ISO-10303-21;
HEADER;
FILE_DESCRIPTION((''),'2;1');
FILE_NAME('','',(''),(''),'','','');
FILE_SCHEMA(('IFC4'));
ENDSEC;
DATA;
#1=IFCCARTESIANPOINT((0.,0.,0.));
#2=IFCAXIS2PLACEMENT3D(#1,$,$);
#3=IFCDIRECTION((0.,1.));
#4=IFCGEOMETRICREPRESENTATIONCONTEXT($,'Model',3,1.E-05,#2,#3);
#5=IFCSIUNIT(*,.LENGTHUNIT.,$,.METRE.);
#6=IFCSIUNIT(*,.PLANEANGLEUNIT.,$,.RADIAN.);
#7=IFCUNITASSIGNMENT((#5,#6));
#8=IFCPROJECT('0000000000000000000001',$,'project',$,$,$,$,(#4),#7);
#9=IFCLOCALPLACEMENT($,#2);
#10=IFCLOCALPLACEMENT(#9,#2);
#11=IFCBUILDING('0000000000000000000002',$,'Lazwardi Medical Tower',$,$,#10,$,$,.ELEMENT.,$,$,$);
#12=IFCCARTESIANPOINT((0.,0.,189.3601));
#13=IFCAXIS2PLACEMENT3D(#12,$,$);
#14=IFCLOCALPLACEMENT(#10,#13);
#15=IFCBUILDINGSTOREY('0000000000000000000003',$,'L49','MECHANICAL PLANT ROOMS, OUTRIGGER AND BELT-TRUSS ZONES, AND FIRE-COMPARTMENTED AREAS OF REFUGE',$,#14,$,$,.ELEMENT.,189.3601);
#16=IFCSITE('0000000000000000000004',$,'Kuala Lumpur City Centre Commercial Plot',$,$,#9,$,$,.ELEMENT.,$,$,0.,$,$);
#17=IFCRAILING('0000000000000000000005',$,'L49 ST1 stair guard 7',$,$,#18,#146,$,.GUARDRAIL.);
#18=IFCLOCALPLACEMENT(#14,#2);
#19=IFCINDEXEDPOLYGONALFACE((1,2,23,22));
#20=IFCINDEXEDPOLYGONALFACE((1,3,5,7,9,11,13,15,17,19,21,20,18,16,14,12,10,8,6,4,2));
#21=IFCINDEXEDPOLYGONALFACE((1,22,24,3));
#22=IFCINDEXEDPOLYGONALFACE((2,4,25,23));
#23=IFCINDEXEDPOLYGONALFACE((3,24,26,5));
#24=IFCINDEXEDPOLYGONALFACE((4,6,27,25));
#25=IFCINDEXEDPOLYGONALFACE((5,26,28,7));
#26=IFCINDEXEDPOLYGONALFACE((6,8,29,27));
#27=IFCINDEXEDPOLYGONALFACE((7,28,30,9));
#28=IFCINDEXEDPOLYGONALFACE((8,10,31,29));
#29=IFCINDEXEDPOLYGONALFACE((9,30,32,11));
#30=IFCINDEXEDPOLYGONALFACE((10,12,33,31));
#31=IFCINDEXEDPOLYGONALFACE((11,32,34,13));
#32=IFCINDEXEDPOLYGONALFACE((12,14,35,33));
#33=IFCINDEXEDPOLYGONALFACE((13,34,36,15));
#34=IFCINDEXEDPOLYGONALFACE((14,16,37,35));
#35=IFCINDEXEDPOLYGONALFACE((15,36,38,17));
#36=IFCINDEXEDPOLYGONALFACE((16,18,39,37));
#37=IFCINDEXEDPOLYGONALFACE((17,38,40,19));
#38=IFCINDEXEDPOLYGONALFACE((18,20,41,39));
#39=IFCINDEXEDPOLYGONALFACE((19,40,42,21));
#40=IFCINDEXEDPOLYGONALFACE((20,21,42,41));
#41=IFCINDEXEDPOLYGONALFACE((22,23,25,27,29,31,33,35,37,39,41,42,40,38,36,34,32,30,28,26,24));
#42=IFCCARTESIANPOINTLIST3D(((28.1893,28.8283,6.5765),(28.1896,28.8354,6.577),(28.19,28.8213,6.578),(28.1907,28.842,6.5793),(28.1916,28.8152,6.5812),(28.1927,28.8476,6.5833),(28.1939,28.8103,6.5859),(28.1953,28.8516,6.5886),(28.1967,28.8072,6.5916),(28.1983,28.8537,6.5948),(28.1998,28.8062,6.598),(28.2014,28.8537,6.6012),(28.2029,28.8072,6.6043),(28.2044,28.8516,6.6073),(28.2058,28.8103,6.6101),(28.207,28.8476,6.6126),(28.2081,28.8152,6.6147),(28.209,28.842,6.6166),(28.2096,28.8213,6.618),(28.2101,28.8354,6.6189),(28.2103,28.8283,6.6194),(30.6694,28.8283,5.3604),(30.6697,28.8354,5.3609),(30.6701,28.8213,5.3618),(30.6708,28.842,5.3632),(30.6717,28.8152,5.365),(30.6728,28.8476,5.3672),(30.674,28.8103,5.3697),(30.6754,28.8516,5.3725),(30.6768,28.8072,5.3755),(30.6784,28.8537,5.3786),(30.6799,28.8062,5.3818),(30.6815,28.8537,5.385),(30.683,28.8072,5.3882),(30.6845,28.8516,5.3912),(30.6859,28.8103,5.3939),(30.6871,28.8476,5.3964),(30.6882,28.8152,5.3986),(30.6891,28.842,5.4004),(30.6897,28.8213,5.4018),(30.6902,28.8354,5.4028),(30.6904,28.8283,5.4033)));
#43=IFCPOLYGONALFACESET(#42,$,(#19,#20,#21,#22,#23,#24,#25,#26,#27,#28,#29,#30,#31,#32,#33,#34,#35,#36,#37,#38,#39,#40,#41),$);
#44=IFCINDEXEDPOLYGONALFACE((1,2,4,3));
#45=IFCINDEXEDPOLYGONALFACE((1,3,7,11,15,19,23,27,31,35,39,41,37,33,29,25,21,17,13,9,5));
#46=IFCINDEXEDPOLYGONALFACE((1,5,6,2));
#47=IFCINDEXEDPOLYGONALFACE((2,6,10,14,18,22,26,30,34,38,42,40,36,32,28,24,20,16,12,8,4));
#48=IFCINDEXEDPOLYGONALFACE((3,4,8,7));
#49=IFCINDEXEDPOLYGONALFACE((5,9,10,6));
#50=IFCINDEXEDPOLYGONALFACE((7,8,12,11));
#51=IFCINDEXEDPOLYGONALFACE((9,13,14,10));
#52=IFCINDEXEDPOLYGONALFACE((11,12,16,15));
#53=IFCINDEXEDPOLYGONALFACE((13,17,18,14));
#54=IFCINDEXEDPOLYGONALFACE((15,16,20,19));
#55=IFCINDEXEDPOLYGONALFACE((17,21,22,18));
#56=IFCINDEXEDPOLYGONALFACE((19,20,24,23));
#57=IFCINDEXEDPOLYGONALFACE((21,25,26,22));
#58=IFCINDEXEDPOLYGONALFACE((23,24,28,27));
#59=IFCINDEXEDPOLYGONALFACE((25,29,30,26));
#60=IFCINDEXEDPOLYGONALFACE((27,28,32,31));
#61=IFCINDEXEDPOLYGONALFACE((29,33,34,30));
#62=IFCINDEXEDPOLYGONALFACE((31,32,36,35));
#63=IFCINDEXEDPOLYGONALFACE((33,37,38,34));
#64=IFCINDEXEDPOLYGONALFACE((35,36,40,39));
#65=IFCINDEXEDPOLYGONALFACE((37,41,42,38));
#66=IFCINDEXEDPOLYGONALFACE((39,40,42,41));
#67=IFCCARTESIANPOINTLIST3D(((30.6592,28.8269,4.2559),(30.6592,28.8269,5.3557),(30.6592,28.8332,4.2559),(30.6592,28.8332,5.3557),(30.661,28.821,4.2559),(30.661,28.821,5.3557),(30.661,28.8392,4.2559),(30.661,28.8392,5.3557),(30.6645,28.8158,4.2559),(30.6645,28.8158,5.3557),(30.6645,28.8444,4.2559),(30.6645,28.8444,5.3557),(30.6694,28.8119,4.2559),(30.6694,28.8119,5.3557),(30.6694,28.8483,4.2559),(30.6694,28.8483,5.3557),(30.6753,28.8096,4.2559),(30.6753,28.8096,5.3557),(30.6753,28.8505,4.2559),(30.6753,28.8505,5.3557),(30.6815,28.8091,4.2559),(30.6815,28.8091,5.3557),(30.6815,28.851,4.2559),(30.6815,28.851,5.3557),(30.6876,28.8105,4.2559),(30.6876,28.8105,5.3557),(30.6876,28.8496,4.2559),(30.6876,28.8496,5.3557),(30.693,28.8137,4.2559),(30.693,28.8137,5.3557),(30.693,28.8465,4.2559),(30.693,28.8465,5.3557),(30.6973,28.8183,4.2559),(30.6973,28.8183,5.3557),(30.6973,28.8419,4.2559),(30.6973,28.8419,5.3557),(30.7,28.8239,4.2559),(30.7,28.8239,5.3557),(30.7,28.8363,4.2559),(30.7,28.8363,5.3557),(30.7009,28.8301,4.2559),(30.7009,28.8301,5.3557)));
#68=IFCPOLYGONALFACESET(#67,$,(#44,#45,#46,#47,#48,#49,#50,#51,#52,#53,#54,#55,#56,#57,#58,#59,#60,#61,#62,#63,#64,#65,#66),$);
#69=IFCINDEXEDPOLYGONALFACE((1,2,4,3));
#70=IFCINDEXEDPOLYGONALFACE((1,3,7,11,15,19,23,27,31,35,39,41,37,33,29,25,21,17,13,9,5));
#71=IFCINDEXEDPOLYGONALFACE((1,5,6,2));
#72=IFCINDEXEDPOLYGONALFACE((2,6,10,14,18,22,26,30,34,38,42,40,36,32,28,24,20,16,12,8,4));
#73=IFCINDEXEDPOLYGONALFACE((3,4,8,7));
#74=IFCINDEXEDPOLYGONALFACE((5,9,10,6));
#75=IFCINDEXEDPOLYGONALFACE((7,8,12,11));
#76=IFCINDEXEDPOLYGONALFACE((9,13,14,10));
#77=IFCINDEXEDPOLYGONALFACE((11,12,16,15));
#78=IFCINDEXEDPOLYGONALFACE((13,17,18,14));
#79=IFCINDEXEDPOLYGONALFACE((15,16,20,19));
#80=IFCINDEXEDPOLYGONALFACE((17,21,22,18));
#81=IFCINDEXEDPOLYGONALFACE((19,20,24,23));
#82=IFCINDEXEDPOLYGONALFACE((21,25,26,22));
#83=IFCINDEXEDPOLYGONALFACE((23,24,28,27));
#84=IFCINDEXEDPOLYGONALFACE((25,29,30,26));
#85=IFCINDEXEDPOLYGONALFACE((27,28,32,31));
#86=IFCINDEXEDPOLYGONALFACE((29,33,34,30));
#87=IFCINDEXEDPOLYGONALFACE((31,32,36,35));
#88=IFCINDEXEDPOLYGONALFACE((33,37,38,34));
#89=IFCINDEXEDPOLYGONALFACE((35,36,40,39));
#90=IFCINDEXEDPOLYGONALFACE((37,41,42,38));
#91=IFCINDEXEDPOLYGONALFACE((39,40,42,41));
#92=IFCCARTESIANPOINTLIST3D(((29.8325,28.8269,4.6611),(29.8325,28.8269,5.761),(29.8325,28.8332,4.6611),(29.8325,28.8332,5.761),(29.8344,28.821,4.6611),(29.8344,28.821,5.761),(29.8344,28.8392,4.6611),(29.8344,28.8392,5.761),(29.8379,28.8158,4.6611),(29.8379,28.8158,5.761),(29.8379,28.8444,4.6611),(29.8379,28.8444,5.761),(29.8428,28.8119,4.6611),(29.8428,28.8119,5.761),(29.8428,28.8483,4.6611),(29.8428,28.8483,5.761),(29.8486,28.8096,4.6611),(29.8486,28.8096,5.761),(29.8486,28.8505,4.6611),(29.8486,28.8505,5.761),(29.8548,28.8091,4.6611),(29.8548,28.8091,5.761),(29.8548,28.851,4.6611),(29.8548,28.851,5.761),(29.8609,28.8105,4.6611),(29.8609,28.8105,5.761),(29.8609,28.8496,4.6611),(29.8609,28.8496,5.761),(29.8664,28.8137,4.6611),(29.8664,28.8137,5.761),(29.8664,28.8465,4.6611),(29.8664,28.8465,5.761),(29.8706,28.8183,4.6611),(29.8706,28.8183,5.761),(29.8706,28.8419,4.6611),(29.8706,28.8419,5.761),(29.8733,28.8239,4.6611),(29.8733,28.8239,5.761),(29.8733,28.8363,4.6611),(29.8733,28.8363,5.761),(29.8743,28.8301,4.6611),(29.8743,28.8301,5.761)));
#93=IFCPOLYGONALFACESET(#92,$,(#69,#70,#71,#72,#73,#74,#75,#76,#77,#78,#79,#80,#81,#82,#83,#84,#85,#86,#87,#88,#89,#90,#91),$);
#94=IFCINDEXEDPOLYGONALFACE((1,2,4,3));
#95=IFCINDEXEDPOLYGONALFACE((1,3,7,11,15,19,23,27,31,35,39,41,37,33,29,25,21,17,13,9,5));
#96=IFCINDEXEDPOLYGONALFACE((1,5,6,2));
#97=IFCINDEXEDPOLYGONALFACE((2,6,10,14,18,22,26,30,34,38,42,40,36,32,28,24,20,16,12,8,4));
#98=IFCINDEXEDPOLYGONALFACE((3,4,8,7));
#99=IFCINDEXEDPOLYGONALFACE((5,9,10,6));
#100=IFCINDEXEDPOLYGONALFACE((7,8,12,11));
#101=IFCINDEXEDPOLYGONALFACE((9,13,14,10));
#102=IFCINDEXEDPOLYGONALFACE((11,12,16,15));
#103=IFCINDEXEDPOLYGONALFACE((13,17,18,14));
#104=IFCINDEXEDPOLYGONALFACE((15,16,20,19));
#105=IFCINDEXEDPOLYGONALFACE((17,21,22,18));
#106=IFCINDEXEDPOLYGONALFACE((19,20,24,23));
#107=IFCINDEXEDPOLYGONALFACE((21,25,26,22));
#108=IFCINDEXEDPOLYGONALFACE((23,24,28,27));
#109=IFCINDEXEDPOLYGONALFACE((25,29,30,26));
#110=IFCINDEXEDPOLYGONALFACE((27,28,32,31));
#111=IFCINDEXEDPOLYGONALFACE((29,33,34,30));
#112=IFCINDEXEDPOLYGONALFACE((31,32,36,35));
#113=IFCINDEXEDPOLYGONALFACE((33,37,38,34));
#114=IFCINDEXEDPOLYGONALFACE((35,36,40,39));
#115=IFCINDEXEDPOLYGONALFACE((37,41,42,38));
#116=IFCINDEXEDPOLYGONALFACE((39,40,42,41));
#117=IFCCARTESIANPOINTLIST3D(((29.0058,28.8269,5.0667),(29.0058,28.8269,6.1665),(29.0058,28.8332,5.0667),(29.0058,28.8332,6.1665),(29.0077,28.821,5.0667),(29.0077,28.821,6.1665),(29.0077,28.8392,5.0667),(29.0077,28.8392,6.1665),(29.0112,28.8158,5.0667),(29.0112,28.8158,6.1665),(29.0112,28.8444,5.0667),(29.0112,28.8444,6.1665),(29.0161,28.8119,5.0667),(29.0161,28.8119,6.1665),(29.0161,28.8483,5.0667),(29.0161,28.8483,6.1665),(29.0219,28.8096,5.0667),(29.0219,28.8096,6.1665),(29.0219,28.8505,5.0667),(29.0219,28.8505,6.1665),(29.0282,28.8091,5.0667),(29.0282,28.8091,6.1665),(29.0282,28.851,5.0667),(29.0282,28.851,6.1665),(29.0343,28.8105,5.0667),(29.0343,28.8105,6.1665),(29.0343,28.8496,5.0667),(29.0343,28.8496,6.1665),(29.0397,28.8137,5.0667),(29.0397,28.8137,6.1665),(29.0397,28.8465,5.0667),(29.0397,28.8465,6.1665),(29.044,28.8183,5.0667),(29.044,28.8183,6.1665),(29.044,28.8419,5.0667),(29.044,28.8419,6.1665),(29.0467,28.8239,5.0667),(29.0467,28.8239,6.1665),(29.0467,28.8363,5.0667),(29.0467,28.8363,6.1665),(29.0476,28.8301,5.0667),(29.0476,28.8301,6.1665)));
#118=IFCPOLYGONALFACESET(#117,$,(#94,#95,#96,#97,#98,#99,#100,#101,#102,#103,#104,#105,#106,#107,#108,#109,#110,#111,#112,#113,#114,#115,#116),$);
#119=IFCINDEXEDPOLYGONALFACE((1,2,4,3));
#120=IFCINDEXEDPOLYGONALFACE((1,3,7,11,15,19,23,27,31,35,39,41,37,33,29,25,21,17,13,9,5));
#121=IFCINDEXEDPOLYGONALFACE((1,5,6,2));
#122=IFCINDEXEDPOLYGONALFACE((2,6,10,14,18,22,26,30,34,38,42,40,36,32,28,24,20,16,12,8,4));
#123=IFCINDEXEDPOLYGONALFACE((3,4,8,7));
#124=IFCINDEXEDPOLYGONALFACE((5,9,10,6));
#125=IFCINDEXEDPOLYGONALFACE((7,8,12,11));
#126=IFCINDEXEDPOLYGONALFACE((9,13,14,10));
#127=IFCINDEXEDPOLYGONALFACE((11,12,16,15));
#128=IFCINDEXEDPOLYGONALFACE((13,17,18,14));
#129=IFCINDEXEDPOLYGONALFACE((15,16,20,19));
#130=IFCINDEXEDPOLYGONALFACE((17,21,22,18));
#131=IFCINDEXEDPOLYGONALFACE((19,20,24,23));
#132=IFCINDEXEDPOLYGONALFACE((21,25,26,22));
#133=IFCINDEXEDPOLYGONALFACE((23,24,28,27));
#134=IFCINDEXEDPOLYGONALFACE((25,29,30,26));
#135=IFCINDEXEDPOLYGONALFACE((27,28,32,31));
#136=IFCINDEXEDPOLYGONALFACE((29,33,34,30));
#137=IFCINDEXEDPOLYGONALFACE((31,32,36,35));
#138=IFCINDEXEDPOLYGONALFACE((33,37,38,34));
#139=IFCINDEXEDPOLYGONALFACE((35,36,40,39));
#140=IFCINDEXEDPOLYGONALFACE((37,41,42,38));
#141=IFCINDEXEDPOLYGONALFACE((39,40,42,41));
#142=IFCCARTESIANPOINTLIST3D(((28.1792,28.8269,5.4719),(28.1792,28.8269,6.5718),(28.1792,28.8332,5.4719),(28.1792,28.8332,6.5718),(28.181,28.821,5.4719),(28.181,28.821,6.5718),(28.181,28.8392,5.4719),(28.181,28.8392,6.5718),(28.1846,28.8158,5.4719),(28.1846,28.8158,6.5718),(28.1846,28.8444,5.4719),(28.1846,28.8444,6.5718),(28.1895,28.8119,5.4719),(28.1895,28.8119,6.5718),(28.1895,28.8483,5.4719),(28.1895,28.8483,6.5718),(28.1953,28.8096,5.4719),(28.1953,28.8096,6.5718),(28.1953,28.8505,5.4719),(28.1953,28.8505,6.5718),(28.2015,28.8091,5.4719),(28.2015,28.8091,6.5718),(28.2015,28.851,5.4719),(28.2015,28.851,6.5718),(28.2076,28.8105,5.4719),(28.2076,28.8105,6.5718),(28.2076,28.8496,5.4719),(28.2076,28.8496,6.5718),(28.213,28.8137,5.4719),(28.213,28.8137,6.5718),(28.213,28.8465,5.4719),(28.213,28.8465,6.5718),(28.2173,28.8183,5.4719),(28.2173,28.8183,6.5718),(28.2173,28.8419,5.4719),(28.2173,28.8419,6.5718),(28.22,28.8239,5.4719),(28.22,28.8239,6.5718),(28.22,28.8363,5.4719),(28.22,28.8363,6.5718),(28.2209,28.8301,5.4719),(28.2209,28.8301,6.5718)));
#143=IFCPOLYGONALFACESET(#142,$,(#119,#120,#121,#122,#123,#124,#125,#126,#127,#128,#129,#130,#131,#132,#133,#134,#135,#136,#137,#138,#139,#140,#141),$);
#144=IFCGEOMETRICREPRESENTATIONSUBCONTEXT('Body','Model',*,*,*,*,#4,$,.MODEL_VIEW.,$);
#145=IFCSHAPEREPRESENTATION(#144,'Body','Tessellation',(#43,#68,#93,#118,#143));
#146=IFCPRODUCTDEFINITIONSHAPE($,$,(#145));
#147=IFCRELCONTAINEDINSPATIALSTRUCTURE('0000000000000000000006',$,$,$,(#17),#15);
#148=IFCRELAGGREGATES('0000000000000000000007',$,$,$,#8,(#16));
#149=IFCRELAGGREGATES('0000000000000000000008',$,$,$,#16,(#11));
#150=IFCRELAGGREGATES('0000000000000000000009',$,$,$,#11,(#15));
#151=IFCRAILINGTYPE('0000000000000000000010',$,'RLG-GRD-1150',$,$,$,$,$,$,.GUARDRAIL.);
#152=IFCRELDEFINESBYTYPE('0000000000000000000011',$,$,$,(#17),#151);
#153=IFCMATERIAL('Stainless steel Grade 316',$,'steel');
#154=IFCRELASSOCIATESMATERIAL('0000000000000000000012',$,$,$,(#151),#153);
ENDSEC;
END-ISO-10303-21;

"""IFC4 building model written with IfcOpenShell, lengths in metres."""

from ifc_helpers import new_model, si_unit, direction, frame, origin, origin_2d, place, context, subcontext, project, spatial, circle, extrude, material, type_object, element, save


model = new_model("IFC4")

# Units and contexts
model_context = context("Model", 3, precision=1e-05, world=origin(), true_north=direction((0.0, 1.0)))
body_context = subcontext(model_context, "Body", "Model", "MODEL_VIEW")
ifc_project = project(units=[si_unit("LENGTHUNIT", "METRE"), si_unit("PLANEANGLEUNIT", "RADIAN")], contexts=[model_context])

# Site, building, storey
site_placement = place(None, origin())
site = spatial("IfcSite", under=ifc_project, at=site_placement, Name="Kuala Lumpur City Centre Commercial Plot", CompositionType="ELEMENT", RefElevation=0.0)
building_placement = place(site_placement, origin())
building = spatial("IfcBuilding", under=site, at=building_placement, Name="Lazwardi Medical Tower", CompositionType="ELEMENT")
storey_placement = place(building_placement, frame((0.0, 0.0, 189.3601)))
storey = spatial("IfcBuildingStorey", under=building, at=storey_placement, Name="L49", Description="MECHANICAL PLANT ROOMS, OUTRIGGER AND BELT-TRUSS ZONES, AND FIRE-COMPARTMENTED AREAS OF REFUGE", CompositionType="ELEMENT", Elevation=189.3601)

# Railing
ifc_material_1 = material(Name="Stainless steel Grade 316", Category="steel")
railing_type_1 = type_object("IfcRailingType", Name="RLG-GRD-1150", PredefinedType="GUARDRAIL", material=ifc_material_1)
railing_1_placement = place(storey_placement, frame((30.6799, 28.8301, 4.2559)))
element("IfcRailing", 1, at=railing_1_placement, inside=storey, type_object=railing_type_1, Name="L49 ST1 stair guard 7", PredefinedType="GUARDRAIL", context=body_context, shape_type="SweptSolid", body=[
    extrude(circle(Radius=0.0239, at=origin_2d()), frame((0.0, 0.0, 1.126), z_axis=(-0.897865, 0.0, 0.44027), x_axis=(0.0, -1.0, 0.0)), (0.0, 0.0, 1.0), 2.7622),
    extrude(circle(Radius=0.021, at=origin_2d()), origin(), (0.0, 0.0, 1.0), 1.0999),
    extrude(circle(Radius=0.021, at=origin_2d()), frame((-0.8267, 0.0, 0.4053)), (0.0, 0.0, 1.0), 1.0999),
    extrude(circle(Radius=0.021, at=origin_2d()), frame((-1.6533, 0.0, 0.8108)), (0.0, 0.0, 1.0), 1.0999),
    extrude(circle(Radius=0.021, at=origin_2d()), frame((-2.48, 0.0, 1.2161)), (0.0, 0.0, 1.0), 1.0999),
])

save(model, "model.ifc")
